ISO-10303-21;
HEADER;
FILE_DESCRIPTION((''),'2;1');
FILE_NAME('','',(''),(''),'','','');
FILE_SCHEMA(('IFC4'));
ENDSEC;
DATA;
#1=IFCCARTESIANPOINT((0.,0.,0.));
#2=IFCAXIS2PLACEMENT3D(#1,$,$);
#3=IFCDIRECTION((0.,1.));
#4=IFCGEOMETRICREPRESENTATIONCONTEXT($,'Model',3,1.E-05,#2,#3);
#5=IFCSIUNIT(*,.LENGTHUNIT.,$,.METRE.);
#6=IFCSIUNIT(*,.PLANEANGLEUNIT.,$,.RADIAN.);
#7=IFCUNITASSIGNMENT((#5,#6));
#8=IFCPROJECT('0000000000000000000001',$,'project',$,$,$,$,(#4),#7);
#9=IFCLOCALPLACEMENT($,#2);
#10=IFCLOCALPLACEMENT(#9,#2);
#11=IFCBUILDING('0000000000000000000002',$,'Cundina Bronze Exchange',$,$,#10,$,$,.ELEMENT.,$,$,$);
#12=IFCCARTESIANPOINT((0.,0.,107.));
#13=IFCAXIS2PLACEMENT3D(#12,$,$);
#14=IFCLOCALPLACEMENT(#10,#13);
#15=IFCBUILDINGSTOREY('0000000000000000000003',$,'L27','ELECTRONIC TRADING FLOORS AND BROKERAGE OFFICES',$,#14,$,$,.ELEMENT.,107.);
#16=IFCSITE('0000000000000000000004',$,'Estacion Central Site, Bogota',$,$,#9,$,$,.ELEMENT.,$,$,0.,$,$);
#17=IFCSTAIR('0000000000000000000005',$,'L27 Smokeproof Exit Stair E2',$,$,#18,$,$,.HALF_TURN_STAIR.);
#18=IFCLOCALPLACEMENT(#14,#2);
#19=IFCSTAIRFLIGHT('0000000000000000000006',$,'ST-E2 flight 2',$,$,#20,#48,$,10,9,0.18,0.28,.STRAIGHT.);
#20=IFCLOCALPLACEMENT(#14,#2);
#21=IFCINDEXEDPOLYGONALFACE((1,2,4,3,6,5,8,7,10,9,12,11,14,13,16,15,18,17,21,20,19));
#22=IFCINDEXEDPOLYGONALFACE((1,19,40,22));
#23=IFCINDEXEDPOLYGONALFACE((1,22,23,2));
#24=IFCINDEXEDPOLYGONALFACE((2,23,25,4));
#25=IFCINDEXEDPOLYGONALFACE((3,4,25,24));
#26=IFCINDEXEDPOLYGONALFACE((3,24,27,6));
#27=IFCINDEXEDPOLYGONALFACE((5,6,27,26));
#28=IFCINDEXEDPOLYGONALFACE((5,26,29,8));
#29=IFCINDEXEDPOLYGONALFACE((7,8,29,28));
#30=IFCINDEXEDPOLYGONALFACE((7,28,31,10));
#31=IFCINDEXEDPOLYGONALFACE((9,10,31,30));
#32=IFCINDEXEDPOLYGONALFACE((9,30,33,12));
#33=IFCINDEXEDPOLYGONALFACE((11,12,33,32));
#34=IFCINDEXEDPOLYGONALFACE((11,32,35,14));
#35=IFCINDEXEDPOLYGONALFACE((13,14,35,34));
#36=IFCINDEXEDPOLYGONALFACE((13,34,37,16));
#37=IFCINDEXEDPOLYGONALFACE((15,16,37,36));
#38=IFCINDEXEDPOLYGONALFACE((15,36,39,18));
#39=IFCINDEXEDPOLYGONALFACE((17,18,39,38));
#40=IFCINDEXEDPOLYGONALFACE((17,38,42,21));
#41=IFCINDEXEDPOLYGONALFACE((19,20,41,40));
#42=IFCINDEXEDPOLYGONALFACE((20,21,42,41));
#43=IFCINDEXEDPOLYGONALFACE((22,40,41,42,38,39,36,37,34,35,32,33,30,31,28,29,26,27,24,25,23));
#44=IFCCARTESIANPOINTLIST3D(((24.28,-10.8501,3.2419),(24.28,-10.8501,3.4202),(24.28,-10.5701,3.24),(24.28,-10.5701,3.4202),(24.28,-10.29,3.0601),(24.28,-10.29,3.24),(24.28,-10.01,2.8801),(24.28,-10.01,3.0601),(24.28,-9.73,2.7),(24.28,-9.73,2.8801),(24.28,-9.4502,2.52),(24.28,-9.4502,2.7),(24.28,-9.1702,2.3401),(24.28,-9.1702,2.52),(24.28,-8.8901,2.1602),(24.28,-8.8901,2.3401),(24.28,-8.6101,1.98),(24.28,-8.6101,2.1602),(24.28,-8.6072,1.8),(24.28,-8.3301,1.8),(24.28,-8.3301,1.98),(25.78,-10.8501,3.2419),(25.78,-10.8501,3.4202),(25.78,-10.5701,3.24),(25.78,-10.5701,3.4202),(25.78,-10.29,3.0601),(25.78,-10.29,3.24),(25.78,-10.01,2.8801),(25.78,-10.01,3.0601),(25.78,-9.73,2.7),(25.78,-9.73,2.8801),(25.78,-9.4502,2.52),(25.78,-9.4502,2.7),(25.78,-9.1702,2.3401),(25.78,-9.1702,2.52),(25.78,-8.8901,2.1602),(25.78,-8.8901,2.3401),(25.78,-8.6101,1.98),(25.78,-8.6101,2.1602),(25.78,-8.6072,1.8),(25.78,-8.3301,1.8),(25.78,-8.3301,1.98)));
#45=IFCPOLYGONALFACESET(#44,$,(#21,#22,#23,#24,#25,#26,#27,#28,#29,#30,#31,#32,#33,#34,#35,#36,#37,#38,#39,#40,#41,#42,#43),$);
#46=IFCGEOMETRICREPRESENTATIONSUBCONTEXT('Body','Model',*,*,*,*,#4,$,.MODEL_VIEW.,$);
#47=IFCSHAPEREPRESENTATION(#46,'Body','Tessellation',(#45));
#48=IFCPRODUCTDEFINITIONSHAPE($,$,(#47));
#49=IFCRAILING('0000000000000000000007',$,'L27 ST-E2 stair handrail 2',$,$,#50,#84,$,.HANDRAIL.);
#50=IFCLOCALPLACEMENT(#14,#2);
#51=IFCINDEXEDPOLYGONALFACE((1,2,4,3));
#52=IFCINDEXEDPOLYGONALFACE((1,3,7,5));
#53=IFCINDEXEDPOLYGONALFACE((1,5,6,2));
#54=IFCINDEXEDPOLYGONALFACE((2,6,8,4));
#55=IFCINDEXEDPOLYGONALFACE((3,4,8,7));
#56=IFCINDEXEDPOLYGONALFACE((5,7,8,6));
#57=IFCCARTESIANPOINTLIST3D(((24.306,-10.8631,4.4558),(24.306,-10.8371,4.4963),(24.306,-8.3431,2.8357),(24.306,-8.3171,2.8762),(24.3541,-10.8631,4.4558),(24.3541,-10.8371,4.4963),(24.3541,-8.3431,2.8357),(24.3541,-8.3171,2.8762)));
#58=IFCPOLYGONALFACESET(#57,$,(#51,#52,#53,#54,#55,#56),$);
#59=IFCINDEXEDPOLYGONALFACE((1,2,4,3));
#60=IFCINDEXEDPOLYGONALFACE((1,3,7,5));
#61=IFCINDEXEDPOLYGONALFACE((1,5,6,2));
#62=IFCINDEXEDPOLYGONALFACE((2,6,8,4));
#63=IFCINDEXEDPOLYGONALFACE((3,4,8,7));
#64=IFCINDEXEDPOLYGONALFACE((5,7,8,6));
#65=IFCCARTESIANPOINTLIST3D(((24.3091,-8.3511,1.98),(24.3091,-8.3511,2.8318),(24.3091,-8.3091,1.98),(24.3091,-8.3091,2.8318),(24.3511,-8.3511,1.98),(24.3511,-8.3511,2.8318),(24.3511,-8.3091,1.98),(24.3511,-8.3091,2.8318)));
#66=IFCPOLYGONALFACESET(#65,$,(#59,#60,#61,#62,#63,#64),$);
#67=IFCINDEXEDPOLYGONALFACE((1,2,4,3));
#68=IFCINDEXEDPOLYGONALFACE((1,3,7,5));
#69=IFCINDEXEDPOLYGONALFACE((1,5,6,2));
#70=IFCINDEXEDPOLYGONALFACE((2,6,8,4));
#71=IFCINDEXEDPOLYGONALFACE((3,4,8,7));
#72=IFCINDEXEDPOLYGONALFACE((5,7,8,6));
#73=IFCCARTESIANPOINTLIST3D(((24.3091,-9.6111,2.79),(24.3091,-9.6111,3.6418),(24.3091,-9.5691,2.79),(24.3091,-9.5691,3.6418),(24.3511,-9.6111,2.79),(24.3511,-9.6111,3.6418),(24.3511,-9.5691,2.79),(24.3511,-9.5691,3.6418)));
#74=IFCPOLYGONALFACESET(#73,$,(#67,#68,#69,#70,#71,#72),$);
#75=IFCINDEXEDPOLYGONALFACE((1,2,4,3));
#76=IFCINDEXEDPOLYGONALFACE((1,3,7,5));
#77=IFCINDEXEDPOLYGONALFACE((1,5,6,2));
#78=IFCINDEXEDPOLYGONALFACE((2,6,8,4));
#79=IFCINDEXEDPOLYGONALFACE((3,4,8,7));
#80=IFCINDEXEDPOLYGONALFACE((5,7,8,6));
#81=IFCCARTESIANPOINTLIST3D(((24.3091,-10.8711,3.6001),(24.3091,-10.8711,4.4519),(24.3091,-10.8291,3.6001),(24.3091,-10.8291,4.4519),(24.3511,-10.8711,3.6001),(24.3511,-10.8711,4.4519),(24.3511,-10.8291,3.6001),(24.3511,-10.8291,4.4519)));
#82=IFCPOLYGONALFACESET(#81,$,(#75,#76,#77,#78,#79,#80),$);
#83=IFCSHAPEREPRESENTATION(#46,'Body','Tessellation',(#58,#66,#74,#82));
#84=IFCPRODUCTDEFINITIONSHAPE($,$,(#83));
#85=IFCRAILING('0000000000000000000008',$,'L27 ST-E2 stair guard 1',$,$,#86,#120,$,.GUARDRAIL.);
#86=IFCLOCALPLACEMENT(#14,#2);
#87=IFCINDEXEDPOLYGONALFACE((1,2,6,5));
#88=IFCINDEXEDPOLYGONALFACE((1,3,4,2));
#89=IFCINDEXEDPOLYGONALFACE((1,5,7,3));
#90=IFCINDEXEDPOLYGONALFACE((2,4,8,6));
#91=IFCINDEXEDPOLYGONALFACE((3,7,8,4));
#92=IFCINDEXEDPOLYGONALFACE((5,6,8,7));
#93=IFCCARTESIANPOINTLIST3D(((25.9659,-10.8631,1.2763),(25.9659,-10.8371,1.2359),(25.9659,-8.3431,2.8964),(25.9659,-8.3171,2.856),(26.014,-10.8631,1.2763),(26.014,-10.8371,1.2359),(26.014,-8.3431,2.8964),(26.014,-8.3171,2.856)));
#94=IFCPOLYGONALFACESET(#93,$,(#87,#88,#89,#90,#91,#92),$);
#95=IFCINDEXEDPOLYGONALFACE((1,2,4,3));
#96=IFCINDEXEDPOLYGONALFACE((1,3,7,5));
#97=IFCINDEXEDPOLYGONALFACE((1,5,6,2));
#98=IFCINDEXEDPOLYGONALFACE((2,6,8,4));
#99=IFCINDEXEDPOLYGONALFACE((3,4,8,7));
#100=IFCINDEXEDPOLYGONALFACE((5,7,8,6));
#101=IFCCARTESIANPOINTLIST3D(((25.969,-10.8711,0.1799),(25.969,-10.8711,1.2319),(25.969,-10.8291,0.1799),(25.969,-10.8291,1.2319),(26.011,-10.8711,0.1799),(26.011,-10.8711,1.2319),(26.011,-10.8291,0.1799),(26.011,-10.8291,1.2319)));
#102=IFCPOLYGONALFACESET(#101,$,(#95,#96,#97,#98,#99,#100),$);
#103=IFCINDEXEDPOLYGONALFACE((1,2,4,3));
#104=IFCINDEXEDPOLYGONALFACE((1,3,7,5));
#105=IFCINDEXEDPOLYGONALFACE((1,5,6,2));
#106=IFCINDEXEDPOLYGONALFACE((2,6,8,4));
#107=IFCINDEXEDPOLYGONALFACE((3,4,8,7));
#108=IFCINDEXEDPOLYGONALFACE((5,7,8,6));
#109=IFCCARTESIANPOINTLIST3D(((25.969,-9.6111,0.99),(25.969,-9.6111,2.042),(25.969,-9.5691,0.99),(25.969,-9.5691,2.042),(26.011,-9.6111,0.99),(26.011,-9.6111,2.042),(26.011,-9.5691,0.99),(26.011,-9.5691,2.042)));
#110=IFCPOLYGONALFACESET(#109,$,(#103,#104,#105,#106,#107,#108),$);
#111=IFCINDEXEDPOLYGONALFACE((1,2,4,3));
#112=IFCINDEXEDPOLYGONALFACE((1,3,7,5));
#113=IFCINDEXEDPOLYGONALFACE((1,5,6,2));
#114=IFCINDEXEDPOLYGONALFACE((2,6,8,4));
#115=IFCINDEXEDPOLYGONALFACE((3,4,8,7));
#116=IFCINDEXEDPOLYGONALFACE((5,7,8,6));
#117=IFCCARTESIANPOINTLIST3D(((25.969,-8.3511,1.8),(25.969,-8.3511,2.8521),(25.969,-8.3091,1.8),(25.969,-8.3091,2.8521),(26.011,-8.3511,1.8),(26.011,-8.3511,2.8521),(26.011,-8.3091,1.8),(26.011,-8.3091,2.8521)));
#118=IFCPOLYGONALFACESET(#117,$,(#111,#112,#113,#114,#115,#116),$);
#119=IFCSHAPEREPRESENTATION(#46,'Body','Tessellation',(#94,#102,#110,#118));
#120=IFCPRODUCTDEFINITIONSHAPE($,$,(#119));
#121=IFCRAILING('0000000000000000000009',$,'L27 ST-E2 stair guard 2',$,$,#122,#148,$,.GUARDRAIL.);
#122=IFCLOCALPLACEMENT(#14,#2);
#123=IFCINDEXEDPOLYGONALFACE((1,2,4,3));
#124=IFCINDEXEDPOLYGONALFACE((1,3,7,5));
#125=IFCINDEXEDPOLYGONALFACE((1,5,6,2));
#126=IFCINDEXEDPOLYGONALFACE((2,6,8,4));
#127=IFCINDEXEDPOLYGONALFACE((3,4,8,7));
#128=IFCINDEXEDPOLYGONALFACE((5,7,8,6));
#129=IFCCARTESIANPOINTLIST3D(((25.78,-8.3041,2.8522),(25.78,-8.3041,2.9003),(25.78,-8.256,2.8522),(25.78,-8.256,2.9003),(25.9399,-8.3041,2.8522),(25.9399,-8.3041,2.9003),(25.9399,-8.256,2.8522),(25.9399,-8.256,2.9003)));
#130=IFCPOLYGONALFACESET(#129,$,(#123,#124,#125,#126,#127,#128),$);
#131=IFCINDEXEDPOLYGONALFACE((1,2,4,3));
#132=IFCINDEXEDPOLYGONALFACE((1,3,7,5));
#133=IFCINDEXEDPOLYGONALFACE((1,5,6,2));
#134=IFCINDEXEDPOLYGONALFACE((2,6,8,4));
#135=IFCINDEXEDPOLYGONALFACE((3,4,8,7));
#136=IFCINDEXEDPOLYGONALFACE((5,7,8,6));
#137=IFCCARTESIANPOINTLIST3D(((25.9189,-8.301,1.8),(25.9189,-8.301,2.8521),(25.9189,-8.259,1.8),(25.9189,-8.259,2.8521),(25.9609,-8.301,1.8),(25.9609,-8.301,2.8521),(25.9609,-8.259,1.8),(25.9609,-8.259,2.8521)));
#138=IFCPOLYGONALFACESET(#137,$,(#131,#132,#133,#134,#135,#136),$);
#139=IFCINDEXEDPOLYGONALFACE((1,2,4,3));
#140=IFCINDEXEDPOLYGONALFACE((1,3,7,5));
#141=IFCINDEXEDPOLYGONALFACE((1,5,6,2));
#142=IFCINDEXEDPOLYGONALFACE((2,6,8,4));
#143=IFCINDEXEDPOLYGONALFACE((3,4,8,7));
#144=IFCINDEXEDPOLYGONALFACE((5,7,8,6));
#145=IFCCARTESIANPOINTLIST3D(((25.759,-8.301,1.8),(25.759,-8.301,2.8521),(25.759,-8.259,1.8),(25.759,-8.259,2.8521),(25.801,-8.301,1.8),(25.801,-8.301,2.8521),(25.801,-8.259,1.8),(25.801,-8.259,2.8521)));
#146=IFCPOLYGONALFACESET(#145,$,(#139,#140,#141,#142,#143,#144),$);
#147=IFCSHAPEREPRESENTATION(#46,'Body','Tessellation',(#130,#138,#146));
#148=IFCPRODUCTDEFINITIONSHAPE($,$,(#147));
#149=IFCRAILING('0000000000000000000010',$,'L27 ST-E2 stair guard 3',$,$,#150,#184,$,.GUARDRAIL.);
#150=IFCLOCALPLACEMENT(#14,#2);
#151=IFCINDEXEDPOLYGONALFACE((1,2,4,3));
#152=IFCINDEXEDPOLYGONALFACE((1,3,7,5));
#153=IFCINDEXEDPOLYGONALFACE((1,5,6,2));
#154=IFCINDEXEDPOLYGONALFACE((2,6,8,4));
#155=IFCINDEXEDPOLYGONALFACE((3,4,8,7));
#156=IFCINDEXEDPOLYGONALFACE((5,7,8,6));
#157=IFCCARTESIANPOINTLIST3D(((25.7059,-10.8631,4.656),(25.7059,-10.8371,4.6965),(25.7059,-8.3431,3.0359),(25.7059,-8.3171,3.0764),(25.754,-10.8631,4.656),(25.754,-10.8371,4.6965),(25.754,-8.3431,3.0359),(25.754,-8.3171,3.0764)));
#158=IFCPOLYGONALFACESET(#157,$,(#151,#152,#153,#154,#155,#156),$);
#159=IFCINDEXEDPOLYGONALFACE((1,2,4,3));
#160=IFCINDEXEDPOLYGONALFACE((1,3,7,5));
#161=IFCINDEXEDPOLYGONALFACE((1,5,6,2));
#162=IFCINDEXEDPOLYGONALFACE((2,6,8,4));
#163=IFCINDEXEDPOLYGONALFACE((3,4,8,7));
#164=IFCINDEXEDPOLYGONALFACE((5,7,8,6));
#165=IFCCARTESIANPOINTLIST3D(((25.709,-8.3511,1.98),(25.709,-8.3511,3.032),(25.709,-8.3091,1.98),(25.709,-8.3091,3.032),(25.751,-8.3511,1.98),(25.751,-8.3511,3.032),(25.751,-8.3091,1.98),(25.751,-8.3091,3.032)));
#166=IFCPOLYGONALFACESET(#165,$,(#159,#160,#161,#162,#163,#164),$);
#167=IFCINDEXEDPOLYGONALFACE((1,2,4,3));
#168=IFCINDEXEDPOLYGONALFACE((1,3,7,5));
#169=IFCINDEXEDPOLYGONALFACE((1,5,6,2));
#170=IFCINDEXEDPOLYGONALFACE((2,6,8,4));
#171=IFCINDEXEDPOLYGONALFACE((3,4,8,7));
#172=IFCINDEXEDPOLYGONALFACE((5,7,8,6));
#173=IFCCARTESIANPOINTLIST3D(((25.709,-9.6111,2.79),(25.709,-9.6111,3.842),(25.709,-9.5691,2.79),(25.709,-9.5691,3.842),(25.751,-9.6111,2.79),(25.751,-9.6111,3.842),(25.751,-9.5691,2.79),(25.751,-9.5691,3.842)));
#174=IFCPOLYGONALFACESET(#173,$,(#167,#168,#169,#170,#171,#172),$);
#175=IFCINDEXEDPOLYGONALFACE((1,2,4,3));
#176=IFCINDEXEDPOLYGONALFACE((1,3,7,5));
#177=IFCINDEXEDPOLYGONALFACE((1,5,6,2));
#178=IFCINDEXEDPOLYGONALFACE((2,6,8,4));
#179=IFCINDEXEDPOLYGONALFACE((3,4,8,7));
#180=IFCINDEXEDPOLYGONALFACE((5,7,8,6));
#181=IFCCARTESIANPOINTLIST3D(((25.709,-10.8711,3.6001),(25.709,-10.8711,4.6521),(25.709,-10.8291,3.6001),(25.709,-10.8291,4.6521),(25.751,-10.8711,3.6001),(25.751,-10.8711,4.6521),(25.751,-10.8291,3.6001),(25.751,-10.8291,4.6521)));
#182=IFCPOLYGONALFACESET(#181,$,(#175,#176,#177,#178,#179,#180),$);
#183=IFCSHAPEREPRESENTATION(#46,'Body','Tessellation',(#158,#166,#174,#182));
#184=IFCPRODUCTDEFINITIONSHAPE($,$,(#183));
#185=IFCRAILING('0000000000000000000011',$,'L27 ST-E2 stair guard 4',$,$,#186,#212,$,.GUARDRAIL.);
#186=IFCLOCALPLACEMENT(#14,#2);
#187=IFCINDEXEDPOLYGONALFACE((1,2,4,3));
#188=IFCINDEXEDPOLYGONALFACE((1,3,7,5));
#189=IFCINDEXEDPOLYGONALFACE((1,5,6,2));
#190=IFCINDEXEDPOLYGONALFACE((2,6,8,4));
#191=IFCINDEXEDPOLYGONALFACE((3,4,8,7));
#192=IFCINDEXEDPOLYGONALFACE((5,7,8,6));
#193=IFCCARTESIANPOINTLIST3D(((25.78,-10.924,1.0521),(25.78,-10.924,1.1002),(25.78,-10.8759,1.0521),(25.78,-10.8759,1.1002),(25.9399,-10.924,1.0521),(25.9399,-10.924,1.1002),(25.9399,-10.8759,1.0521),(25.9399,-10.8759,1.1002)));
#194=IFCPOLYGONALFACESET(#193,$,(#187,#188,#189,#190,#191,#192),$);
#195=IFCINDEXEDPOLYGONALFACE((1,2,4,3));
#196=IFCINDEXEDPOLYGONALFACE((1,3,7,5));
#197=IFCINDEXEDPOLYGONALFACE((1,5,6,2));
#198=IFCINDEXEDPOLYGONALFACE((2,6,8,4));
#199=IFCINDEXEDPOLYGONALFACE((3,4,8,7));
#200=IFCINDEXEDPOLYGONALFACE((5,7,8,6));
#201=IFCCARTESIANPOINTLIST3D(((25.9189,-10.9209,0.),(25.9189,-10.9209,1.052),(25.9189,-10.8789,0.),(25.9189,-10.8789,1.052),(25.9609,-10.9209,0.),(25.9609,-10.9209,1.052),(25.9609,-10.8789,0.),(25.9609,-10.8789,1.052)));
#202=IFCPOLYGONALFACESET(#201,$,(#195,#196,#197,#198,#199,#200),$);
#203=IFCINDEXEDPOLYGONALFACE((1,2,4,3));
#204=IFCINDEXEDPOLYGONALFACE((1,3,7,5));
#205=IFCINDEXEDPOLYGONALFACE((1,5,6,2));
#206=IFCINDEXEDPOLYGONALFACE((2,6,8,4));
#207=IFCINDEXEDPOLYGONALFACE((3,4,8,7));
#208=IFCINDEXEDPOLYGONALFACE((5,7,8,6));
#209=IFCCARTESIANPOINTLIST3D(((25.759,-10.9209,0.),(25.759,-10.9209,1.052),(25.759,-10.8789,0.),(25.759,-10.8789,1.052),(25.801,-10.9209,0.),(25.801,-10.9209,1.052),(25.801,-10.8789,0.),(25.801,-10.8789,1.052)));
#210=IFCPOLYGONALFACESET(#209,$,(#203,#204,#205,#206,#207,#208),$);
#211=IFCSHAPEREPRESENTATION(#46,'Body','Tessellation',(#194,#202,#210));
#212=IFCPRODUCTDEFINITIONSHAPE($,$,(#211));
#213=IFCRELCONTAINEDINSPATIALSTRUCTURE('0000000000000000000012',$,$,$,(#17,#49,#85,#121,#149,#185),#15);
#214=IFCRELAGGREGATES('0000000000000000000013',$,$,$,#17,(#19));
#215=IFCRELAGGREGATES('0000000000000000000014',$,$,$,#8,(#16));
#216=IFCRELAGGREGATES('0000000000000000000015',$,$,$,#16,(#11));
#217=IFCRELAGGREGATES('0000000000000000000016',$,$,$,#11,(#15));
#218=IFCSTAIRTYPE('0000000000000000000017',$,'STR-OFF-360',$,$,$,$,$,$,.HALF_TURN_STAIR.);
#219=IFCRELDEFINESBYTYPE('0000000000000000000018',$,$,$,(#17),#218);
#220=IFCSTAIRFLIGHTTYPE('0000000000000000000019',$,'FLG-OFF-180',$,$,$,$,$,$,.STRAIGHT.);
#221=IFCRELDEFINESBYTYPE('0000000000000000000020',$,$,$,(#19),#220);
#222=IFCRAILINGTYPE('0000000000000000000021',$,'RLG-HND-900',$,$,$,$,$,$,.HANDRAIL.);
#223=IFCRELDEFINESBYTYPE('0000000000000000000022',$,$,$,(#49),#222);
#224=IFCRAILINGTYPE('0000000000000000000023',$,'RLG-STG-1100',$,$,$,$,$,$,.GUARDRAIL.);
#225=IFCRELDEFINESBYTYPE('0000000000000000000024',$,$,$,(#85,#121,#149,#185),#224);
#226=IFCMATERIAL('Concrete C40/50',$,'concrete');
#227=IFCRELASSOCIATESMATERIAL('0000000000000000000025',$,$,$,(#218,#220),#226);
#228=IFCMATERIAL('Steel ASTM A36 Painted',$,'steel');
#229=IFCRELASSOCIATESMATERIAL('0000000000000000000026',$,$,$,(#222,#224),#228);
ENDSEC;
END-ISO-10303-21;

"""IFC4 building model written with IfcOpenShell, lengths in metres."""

from ifc_helpers import new_model, si_unit, direction, frame, origin, origin_2d, place, context, subcontext, project, spatial, polyline, rectangle, outline, extrude, material, type_object, element, aggregate, save


model = new_model("IFC4")

# Units and contexts
model_context = context("Model", 3, precision=1e-05, world=origin(), true_north=direction((0.0, 1.0)))
body_context = subcontext(model_context, "Body", "Model", "MODEL_VIEW")
ifc_project = project(units=[si_unit("LENGTHUNIT", "METRE"), si_unit("PLANEANGLEUNIT", "RADIAN")], contexts=[model_context])

# Site, building, storey
site_placement = place(None, origin())
site = spatial("IfcSite", under=ifc_project, at=site_placement, Name="Estacion Central Site, Bogota", CompositionType="ELEMENT", RefElevation=0.0)
building_placement = place(site_placement, origin())
building = spatial("IfcBuilding", under=site, at=building_placement, Name="Cundina Bronze Exchange", CompositionType="ELEMENT")
storey_placement = place(building_placement, frame((0.0, 0.0, 107.0)))
storey = spatial("IfcBuildingStorey", under=building, at=storey_placement, Name="L27", Description="ELECTRONIC TRADING FLOORS AND BROKERAGE OFFICES", CompositionType="ELEMENT", Elevation=107.0)

# Shared definitions
ifc_material_1 = material(Name="Steel ASTM A36 Painted", Category="steel")

# Stair, stair flight
ifc_material_2 = material(Name="Concrete C40/50", Category="concrete")
stair_type = type_object("IfcStairType", Name="STR-OFF-360", PredefinedType="HALF_TURN_STAIR", material=ifc_material_2)
stair_placement = place(storey_placement, origin())
stair = element("IfcStair", 1, at=stair_placement, inside=storey, type_object=stair_type, Name="L27 Smokeproof Exit Stair E2", PredefinedType="HALF_TURN_STAIR")
stair_flight_type = type_object("IfcStairFlightType", Name="FLG-OFF-180", PredefinedType="STRAIGHT", material=ifc_material_2)
stair_flight_1_placement = place(storey_placement, frame((25.03, -8.3301, 1.8), z_axis=(0.0, 0.0, 1.0), x_axis=(0.0, -1.0, 0.0)))
stair_flight_1 = element("IfcStairFlight", 2, at=stair_flight_1_placement, type_object=stair_flight_type, Name="ST-E2 flight 2", NumberOfRisers=10, NumberOfTreads=9, PredefinedType="STRAIGHT", RiserHeight=0.18, TreadLength=0.28, context=body_context, shape_type="SweptSolid", body=[
    extrude(outline(polyline([(0.0, 0.0), (0.0, 0.1799), (0.28, 0.1799), (0.28, 0.3601), (0.5601, 0.3601), (0.5601, 0.54), (0.8401, 0.54), (0.8401, 0.72), (1.1201, 0.72), (1.1201, 0.8999), (1.3999, 0.8999), (1.3999, 1.0801), (1.6799, 1.0801), (1.6799, 1.26), (1.96, 1.26), (1.96, 1.4399), (2.24, 1.4399), (2.24, 1.6201), (2.52, 1.6201), (2.52, 1.8), (2.52, 1.4419), (0.2771, 0.0), (0.0, 0.0)])), frame((0.0, 0.75, 0.0), z_axis=(0.0, -1.0, 0.0), x_axis=(1.0, 0.0, 0.0)), (0.0, 0.0, 1.0), 1.5),
])
aggregate(stair, [stair_flight_1])

# Railings
railing_type_1 = type_object("IfcRailingType", Name="RLG-HND-900", PredefinedType="HANDRAIL", material=ifc_material_1)
railing_1_placement = place(storey_placement, frame((24.3301, -8.3301, 1.98)))
element("IfcRailing", 3, at=railing_1_placement, inside=storey, type_object=railing_type_1, Name="L27 ST-E2 stair handrail 2", PredefinedType="HANDRAIL", context=body_context, shape_type="SweptSolid", body=[
    extrude(rectangle(XDim=0.0481, YDim=0.0481, at=origin_2d()), frame((0.0, 0.0, 0.876), z_axis=(0.0, -0.841163, 0.540782), x_axis=(1.0, 0.0, 0.0)), (0.0, 0.0, 1.0), 2.9958),
    extrude(rectangle(XDim=0.042, YDim=0.042, at=origin_2d()), origin(), (0.0, 0.0, 1.0), 0.8518),
    extrude(rectangle(XDim=0.042, YDim=0.042, at=origin_2d()), frame((0.0, -1.26, 0.8101)), (0.0, 0.0, 1.0), 0.8518),
    extrude(rectangle(XDim=0.042, YDim=0.042, at=origin_2d()), frame((0.0, -2.52, 1.6201)), (0.0, 0.0, 1.0), 0.8518),
])
railing_type_2 = type_object("IfcRailingType", Name="RLG-STG-1100", PredefinedType="GUARDRAIL", material=ifc_material_1)
railing_2_placement = place(storey_placement, frame((25.99, -10.8501, 0.1799)))
element("IfcRailing", 4, at=railing_2_placement, inside=storey, type_object=railing_type_2, Name="L27 ST-E2 stair guard 1", PredefinedType="GUARDRAIL", context=body_context, shape_type="SweptSolid", body=[
    extrude(rectangle(XDim=0.0481, YDim=0.0481, at=origin_2d()), frame((0.0, 0.0, 1.0762), z_axis=(0.0, 0.841163, 0.540782), x_axis=(-1.0, 0.0, 0.0)), (0.0, 0.0, 1.0), 2.9958),
    extrude(rectangle(XDim=0.042, YDim=0.042, at=origin_2d()), origin(), (0.0, 0.0, 1.0), 1.052),
    extrude(rectangle(XDim=0.042, YDim=0.042, at=origin_2d()), frame((0.0, 1.26, 0.8101)), (0.0, 0.0, 1.0), 1.052),
    extrude(rectangle(XDim=0.042, YDim=0.042, at=origin_2d()), frame((0.0, 2.52, 1.6201)), (0.0, 0.0, 1.0), 1.052),
])
railing_3_placement = place(storey_placement, frame((25.9399, -8.28, 1.8)))
element("IfcRailing", 5, at=railing_3_placement, inside=storey, type_object=railing_type_2, Name="L27 ST-E2 stair guard 2", PredefinedType="GUARDRAIL", context=body_context, shape_type="SweptSolid", body=[
    extrude(rectangle(XDim=0.0481, YDim=0.0481, at=origin_2d()), frame((0.0, 0.0, 1.0762), z_axis=(-1.0, 0.0, 0.0), x_axis=(0.0, -1.0, 0.0)), (0.0, 0.0, 1.0), 0.1599),
    extrude(rectangle(XDim=0.042, YDim=0.042, at=origin_2d()), origin(), (0.0, 0.0, 1.0), 1.052),
    extrude(rectangle(XDim=0.042, YDim=0.042, at=origin_2d()), frame((-0.1599, 0.0, 0.0)), (0.0, 0.0, 1.0), 1.052),
])
railing_4_placement = place(storey_placement, frame((25.73, -8.3301, 1.98)))
element("IfcRailing", 6, at=railing_4_placement, inside=storey, type_object=railing_type_2, Name="L27 ST-E2 stair guard 3", PredefinedType="GUARDRAIL", context=body_context, shape_type="SweptSolid", body=[
    extrude(rectangle(XDim=0.0481, YDim=0.0481, at=origin_2d()), frame((0.0, 0.0, 1.0762), z_axis=(0.0, -0.841163, 0.540782), x_axis=(1.0, 0.0, 0.0)), (0.0, 0.0, 1.0), 2.9958),
    extrude(rectangle(XDim=0.042, YDim=0.042, at=origin_2d()), origin(), (0.0, 0.0, 1.0), 1.052),
    extrude(rectangle(XDim=0.042, YDim=0.042, at=origin_2d()), frame((0.0, -1.26, 0.8101)), (0.0, 0.0, 1.0), 1.052),
    extrude(rectangle(XDim=0.042, YDim=0.042, at=origin_2d()), frame((0.0, -2.52, 1.6201)), (0.0, 0.0, 1.0), 1.052),
])
railing_5_placement = place(storey_placement, frame((25.9399, -10.8999, 0.0)))
element("IfcRailing", 7, at=railing_5_placement, inside=storey, type_object=railing_type_2, Name="L27 ST-E2 stair guard 4", PredefinedType="GUARDRAIL", context=body_context, shape_type="SweptSolid", body=[
    extrude(rectangle(XDim=0.0481, YDim=0.0481, at=origin_2d()), frame((0.0, 0.0, 1.0762), z_axis=(-1.0, 0.0, 0.0), x_axis=(0.0, -1.0, 0.0)), (0.0, 0.0, 1.0), 0.1599),
    extrude(rectangle(XDim=0.042, YDim=0.042, at=origin_2d()), origin(), (0.0, 0.0, 1.0), 1.052),
    extrude(rectangle(XDim=0.042, YDim=0.042, at=origin_2d()), frame((-0.1599, 0.0, 0.0)), (0.0, 0.0, 1.0), 1.052),
])

save(model, "model.ifc")
